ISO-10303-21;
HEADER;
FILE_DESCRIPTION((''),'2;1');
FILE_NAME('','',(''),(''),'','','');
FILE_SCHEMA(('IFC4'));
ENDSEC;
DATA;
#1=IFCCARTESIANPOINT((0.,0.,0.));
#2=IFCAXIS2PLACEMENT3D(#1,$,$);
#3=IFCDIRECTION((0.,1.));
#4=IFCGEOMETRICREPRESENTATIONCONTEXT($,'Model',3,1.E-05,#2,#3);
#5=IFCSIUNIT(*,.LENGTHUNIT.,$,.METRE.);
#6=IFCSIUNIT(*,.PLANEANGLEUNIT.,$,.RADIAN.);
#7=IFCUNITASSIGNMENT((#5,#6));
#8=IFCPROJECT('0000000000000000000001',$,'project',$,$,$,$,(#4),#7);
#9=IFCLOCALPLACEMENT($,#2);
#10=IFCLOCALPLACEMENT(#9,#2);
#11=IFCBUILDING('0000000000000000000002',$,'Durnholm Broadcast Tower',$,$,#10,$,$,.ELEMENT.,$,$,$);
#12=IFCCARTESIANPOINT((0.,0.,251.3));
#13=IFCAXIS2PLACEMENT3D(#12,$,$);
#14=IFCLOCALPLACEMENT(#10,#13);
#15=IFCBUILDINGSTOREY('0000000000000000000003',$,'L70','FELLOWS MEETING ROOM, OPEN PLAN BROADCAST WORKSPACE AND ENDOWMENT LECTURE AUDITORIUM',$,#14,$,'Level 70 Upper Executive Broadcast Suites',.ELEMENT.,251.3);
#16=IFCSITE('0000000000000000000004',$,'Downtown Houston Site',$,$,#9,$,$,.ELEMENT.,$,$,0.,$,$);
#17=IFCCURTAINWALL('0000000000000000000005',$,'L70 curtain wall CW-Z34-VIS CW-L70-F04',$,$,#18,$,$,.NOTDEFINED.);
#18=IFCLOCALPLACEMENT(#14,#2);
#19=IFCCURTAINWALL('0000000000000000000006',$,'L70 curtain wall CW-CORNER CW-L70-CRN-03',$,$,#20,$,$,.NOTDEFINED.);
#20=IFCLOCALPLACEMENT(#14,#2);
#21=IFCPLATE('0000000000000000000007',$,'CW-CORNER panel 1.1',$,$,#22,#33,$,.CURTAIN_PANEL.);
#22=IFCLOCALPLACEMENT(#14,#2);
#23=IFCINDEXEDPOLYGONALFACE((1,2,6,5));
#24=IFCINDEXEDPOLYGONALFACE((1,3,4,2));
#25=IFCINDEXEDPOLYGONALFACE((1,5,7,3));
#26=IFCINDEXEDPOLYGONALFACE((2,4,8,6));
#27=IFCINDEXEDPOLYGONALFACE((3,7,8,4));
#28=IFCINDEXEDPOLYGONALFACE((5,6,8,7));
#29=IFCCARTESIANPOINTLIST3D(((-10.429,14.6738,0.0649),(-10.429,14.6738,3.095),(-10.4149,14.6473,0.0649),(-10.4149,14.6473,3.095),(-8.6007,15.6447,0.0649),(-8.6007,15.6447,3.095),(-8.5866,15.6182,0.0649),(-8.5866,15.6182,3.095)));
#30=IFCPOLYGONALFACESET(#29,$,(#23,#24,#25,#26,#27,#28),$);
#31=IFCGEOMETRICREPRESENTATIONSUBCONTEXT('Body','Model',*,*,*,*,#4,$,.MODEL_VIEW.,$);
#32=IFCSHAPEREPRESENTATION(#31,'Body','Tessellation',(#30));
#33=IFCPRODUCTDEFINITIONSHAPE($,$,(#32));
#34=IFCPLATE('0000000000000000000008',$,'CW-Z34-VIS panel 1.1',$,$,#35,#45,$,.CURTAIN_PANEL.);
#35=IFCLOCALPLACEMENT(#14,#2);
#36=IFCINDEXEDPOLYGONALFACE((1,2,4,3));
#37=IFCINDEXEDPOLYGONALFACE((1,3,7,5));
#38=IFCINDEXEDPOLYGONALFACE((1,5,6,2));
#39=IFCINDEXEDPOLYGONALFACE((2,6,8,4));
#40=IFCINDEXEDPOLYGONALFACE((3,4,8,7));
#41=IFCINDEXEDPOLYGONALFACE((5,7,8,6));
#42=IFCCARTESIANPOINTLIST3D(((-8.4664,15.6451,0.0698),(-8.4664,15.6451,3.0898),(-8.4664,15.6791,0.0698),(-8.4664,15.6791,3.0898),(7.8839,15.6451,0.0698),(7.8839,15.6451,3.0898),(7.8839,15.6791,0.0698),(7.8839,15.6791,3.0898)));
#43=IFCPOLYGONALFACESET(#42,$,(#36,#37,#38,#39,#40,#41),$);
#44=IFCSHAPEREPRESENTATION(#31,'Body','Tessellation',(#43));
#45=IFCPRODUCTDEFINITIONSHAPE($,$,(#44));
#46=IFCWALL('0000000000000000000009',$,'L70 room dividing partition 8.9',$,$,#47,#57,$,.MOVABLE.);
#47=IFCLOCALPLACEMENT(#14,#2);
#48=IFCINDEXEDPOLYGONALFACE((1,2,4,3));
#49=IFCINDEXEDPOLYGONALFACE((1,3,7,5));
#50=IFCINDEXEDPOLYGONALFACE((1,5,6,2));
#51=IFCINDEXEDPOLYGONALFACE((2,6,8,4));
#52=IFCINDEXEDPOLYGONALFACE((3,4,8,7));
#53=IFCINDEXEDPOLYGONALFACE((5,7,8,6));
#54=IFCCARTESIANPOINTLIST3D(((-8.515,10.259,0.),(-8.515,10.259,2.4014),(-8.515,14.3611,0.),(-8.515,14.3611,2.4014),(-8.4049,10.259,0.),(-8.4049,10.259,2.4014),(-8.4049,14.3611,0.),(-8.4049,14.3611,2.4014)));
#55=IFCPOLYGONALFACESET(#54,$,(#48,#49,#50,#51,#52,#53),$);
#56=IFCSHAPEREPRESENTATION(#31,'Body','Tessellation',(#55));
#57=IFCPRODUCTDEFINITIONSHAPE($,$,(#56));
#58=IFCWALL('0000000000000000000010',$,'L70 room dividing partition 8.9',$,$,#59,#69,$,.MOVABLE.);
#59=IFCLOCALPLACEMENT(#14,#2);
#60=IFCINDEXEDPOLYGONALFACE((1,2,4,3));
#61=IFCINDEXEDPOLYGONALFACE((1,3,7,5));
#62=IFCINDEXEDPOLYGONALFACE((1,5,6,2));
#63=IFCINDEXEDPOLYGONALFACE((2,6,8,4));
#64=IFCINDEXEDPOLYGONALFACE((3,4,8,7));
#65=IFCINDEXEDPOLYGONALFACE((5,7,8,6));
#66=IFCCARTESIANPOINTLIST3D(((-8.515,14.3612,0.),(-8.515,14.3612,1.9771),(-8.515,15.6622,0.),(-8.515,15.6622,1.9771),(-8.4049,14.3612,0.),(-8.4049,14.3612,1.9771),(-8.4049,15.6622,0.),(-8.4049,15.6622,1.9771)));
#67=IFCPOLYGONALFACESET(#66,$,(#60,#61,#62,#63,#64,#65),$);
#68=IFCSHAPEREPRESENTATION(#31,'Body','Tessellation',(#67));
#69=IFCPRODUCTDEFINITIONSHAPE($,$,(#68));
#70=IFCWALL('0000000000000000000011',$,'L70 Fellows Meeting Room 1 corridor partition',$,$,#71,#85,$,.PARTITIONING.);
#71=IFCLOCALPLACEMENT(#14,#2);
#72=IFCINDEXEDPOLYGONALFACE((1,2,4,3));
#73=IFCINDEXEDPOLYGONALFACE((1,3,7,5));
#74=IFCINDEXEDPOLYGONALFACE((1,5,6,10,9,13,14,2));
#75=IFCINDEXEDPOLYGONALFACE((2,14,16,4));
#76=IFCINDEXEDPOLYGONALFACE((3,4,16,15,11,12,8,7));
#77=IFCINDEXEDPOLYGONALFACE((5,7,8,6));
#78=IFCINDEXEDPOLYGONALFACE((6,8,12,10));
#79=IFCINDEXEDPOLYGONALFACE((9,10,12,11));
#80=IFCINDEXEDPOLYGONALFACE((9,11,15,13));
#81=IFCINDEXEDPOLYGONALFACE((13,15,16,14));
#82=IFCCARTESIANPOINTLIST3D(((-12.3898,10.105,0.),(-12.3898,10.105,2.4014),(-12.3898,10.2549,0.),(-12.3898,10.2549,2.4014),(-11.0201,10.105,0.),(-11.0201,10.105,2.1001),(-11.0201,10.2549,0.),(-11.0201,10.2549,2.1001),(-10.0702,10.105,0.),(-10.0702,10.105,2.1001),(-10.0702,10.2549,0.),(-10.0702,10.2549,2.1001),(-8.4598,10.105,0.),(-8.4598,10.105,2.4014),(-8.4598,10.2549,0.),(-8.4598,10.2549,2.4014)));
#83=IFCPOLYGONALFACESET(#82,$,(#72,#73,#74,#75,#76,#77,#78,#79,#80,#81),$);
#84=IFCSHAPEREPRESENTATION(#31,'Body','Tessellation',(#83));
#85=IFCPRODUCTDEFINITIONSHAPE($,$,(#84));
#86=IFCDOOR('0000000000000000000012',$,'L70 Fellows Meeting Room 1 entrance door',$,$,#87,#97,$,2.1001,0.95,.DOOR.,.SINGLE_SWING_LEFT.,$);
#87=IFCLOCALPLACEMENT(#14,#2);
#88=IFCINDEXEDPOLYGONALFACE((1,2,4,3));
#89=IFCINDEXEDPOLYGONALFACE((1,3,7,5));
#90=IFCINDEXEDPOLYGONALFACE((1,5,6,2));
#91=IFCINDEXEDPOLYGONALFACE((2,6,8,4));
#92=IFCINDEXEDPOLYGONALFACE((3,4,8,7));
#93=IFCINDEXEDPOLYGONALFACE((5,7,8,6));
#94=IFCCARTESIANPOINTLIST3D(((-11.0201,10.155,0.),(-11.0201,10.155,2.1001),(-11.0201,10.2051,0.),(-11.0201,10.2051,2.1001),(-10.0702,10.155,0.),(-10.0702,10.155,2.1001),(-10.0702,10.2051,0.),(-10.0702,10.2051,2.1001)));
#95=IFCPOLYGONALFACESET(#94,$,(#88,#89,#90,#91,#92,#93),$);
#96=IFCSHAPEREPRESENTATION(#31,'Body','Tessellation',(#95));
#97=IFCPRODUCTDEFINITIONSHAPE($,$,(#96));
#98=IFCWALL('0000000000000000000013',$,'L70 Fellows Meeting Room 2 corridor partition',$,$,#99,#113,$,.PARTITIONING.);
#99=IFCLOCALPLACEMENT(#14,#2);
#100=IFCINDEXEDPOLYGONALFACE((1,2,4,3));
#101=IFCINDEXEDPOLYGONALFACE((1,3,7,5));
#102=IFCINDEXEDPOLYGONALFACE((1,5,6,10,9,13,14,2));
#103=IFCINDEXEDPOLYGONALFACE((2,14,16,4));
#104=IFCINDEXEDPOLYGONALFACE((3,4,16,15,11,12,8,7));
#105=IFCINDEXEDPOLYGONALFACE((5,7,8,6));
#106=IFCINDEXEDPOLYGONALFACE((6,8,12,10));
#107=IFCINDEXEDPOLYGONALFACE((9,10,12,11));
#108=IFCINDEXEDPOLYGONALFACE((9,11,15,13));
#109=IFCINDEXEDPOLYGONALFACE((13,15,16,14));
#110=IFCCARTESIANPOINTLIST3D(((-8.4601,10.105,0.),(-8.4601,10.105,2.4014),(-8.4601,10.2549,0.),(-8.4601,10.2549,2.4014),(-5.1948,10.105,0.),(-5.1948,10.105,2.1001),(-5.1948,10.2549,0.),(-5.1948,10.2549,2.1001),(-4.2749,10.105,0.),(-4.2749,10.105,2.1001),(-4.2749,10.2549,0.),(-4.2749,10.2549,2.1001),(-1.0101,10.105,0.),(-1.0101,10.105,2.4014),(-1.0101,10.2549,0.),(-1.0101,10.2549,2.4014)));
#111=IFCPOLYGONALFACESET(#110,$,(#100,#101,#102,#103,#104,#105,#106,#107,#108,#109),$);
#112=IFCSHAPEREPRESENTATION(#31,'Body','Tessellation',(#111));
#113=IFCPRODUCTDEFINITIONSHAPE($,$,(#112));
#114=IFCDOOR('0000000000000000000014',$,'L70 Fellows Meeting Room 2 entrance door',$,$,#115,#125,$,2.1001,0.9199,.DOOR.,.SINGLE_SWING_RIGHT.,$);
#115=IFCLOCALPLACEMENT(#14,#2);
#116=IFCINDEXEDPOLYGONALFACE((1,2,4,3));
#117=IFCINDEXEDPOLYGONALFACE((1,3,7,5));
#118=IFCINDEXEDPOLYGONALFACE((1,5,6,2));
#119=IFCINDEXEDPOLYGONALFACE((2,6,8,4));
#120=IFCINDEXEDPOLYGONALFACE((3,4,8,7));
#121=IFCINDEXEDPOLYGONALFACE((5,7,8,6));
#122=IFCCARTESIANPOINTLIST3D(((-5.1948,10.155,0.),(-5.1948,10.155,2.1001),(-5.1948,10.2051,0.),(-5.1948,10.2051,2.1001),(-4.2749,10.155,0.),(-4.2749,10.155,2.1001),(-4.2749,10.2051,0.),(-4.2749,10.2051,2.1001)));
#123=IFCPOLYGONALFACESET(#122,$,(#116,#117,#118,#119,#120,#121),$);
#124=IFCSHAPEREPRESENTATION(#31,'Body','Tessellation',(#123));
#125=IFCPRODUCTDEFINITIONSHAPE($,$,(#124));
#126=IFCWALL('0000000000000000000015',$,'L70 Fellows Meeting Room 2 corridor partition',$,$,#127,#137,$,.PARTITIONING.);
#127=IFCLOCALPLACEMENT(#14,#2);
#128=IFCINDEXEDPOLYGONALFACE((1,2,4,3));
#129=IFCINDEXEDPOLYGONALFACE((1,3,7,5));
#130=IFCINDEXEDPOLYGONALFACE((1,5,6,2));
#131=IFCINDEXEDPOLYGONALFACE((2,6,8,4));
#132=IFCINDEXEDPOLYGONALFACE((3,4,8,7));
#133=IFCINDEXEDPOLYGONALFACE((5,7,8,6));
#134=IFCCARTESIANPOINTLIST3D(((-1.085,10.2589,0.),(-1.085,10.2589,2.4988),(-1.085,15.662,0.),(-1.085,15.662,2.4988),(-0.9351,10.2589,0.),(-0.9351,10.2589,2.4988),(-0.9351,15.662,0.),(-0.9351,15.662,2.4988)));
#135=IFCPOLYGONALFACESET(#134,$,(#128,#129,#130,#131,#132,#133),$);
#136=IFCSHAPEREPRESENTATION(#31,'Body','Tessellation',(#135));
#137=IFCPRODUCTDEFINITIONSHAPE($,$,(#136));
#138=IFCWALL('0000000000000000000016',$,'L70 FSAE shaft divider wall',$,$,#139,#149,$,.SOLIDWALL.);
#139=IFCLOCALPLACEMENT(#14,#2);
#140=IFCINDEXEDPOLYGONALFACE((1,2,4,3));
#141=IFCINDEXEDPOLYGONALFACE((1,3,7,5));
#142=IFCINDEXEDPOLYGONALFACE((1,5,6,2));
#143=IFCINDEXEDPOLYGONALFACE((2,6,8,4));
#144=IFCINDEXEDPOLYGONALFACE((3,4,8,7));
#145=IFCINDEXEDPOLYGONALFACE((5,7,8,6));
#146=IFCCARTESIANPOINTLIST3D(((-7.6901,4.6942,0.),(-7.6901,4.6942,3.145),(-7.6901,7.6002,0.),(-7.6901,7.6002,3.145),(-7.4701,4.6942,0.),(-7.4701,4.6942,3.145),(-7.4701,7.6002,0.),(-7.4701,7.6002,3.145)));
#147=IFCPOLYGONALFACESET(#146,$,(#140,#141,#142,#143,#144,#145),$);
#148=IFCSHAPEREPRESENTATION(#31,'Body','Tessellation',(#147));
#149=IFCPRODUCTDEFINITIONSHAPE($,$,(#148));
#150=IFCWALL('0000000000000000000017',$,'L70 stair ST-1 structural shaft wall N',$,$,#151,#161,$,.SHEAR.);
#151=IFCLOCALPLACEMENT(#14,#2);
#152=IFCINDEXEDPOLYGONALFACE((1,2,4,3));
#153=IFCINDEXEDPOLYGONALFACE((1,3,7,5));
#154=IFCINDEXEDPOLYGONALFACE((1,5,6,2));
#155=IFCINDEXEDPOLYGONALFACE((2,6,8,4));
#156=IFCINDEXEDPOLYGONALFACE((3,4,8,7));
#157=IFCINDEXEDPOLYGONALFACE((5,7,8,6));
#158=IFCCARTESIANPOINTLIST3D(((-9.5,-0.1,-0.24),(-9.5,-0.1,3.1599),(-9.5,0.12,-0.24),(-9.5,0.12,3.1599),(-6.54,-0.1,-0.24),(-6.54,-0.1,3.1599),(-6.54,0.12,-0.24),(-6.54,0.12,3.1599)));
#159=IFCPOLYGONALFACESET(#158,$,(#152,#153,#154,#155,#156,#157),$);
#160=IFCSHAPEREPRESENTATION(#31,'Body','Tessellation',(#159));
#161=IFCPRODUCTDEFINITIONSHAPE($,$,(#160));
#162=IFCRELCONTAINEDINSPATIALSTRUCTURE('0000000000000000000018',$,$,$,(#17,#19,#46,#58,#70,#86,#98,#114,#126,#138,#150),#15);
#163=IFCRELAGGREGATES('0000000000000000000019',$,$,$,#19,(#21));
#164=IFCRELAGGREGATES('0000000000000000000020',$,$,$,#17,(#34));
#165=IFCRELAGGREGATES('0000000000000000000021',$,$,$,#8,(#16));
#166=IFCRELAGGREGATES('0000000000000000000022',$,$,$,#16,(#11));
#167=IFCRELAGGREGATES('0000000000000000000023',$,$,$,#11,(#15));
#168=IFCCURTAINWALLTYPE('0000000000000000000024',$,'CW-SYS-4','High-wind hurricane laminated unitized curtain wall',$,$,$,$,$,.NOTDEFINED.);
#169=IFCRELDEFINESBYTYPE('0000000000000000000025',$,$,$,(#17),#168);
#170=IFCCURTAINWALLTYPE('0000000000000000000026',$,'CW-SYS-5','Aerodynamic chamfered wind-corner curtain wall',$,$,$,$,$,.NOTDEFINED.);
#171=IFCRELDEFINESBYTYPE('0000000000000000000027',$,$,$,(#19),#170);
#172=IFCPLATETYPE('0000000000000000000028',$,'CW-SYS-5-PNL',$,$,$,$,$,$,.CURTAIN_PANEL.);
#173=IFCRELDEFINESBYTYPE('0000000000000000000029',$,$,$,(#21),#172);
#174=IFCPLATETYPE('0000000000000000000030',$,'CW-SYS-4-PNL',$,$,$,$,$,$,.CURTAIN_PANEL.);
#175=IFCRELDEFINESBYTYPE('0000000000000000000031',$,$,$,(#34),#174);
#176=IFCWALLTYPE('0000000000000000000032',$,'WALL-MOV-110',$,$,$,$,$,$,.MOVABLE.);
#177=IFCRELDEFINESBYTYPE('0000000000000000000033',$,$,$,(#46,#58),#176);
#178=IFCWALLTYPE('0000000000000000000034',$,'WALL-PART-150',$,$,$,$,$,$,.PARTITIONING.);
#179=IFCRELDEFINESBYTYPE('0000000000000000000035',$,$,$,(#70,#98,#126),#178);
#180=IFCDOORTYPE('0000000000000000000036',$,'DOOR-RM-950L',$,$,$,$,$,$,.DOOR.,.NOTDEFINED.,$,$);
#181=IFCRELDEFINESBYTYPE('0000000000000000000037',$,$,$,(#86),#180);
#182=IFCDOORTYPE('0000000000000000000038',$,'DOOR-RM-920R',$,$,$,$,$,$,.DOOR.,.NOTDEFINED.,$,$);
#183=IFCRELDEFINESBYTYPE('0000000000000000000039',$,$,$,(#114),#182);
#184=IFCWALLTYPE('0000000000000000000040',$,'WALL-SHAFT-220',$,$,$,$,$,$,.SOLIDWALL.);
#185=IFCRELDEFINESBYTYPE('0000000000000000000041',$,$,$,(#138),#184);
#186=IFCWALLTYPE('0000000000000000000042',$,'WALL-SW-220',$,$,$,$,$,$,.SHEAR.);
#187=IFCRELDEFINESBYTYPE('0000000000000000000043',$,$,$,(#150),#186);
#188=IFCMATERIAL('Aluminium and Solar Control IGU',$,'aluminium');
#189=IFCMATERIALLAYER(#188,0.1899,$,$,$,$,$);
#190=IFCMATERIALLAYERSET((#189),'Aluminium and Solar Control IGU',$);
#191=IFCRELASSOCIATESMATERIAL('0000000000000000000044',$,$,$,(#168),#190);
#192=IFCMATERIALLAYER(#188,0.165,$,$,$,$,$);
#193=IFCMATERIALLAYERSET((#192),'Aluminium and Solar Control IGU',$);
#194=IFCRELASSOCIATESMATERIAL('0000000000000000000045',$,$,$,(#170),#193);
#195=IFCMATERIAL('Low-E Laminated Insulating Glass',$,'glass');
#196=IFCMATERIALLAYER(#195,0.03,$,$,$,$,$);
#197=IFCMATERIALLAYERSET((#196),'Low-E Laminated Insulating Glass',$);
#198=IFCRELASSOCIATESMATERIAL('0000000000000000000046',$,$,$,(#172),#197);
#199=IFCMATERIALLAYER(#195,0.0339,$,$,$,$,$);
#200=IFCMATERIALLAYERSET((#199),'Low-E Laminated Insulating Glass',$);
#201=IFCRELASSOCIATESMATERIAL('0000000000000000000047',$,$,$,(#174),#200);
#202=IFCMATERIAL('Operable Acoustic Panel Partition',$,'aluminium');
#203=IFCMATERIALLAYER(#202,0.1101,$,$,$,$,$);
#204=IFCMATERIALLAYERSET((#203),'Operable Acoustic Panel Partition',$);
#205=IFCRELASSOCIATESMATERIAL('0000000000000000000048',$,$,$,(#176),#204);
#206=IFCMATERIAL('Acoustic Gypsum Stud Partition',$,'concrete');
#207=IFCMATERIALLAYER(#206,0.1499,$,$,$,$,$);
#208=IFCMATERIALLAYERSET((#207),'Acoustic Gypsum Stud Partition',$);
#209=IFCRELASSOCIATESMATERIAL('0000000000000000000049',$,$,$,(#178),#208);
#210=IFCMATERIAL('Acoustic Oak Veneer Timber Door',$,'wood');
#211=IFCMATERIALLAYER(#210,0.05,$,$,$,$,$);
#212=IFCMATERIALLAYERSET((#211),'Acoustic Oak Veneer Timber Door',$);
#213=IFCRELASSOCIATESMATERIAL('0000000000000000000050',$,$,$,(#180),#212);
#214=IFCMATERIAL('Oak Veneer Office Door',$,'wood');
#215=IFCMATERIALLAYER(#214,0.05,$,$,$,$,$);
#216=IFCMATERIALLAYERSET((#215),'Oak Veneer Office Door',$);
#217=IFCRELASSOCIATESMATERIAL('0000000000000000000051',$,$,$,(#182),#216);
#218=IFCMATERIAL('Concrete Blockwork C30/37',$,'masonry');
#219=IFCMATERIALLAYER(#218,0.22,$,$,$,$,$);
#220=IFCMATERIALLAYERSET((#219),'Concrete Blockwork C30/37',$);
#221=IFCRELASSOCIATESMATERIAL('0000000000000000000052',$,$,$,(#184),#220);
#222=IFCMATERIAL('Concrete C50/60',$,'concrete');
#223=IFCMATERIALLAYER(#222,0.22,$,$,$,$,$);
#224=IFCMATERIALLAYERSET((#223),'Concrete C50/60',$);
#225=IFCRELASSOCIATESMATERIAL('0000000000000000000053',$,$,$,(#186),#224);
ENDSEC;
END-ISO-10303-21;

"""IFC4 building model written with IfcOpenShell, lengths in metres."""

from ifc_helpers import new_model, si_unit, direction, frame, frame_2d, origin, origin_2d, place, context, subcontext, project, spatial, rectangle, extrude, source, transform, mapped, material, layer, layer_set, type_object, type_shapes, element, fill, aggregate, save


model = new_model("IFC4")

# Units and contexts
model_context = context("Model", 3, precision=1e-05, world=origin(), true_north=direction((0.0, 1.0)))
body_context = subcontext(model_context, "Body", "Model", "MODEL_VIEW")
ifc_project = project(units=[si_unit("LENGTHUNIT", "METRE"), si_unit("PLANEANGLEUNIT", "RADIAN")], contexts=[model_context])

# Site, building, storey
site_placement = place(None, origin())
site = spatial("IfcSite", under=ifc_project, at=site_placement, Name="Downtown Houston Site", CompositionType="ELEMENT", RefElevation=0.0)
building_placement = place(site_placement, origin())
building = spatial("IfcBuilding", under=site, at=building_placement, Name="Durnholm Broadcast Tower", CompositionType="ELEMENT")
storey_placement = place(building_placement, frame((0.0, 0.0, 251.3)))
storey = spatial("IfcBuildingStorey", under=building, at=storey_placement, Name="L70", Description="FELLOWS MEETING ROOM, OPEN PLAN BROADCAST WORKSPACE AND ENDOWMENT LECTURE AUDITORIUM", LongName="Level 70 Upper Executive Broadcast Suites", CompositionType="ELEMENT", Elevation=251.3)

# Curtain wall
ifc_material_1 = material(Name="Aluminium and Solar Control IGU", Category="aluminium")
ifc_layer_1 = layer(ifc_material_1, 0.1899)
ifc_layer_set_1 = layer_set([ifc_layer_1], Name="Aluminium and Solar Control IGU")
curtain_wall_type_1 = type_object("IfcCurtainWallType", Name="CW-SYS-4", Description="High-wind hurricane laminated unitized curtain wall", PredefinedType="NOTDEFINED", material=ifc_layer_set_1)
curtain_wall_1_placement = place(storey_placement, origin())
curtain_wall_1 = element("IfcCurtainWall", 1, at=curtain_wall_1_placement, inside=storey, type_object=curtain_wall_type_1, Name="L70 curtain wall CW-Z34-VIS CW-L70-F04", PredefinedType="NOTDEFINED")

# Curtain wall
ifc_layer_2 = layer(ifc_material_1, 0.165)
ifc_layer_set_2 = layer_set([ifc_layer_2], Name="Aluminium and Solar Control IGU")
curtain_wall_type_2 = type_object("IfcCurtainWallType", Name="CW-SYS-5", Description="Aerodynamic chamfered wind-corner curtain wall", PredefinedType="NOTDEFINED", material=ifc_layer_set_2)
curtain_wall_2_placement = place(storey_placement, origin())
curtain_wall_2 = element("IfcCurtainWall", 2, at=curtain_wall_2_placement, inside=storey, type_object=curtain_wall_type_2, Name="L70 curtain wall CW-CORNER CW-L70-CRN-03", PredefinedType="NOTDEFINED")

# Shared definitions
ifc_material_2 = material(Name="Concrete C50/60", Category="concrete")

# Plates
ifc_material_3 = material(Name="Low-E Laminated Insulating Glass", Category="glass")
ifc_layer_3 = layer(ifc_material_3, 0.03)
ifc_layer_set_3 = layer_set([ifc_layer_3], Name="Low-E Laminated Insulating Glass")
plate_type_1 = type_object("IfcPlateType", Name="CW-SYS-5-PNL", PredefinedType="CURTAIN_PANEL", material=ifc_layer_set_3)
shared_shape_1 = source(origin(), body_context, "Body", "SweptSolid", [
    extrude(rectangle(XDim=2.0701, YDim=0.03, at=origin_2d()), origin(), (0.0, 0.0, 1.0), 3.03),
])
type_shapes(plate_type_1, [shared_shape_1])
plate_1_placement = place(storey_placement, frame((-9.5078, 15.146, 0.0649), z_axis=(0.0, 0.0, 1.0), x_axis=(0.883195, 0.469007, 0.0)))
plate_1 = element("IfcPlate", 3, at=plate_1_placement, type_object=plate_type_1, Name="CW-CORNER panel 1.1", PredefinedType="CURTAIN_PANEL", context=body_context, shape_type="MappedRepresentation", body=[
    mapped(shared_shape_1, transform((0.0, 0.0, 0.0), x_axis=(1.0, 0.0, 0.0), y_axis=(0.0, 1.0, 0.0), z_axis=(0.0, 0.0, 1.0), scale=1.0)),
])
aggregate(curtain_wall_2, [plate_1])
ifc_layer_4 = layer(ifc_material_3, 0.0339)
ifc_layer_set_4 = layer_set([ifc_layer_4], Name="Low-E Laminated Insulating Glass")
plate_type_2 = type_object("IfcPlateType", Name="CW-SYS-4-PNL", PredefinedType="CURTAIN_PANEL", material=ifc_layer_set_4)
shared_shape_2 = source(origin(), body_context, "Body", "SweptSolid", [
    extrude(rectangle(XDim=16.3503, YDim=0.0339, at=origin_2d()), origin(), (0.0, 0.0, 1.0), 3.02),
])
type_shapes(plate_type_2, [shared_shape_2])
plate_2_placement = place(storey_placement, frame((-0.2913, 15.6621, 0.0698), z_axis=(0.0, 0.0, 1.0), x_axis=(1.0, 0.0, 0.0)))
plate_2 = element("IfcPlate", 4, at=plate_2_placement, type_object=plate_type_2, Name="CW-Z34-VIS panel 1.1", PredefinedType="CURTAIN_PANEL", context=body_context, shape_type="MappedRepresentation", body=[
    mapped(shared_shape_2, transform((0.0, 0.0, 0.0), x_axis=(1.0, 0.0, 0.0), y_axis=(0.0, 1.0, 0.0), z_axis=(0.0, 0.0, 1.0), scale=1.0)),
])
aggregate(curtain_wall_1, [plate_2])

# Walls
ifc_material_4 = material(Name="Operable Acoustic Panel Partition", Category="aluminium")
ifc_layer_5 = layer(ifc_material_4, 0.1101)
ifc_layer_set_5 = layer_set([ifc_layer_5], Name="Operable Acoustic Panel Partition")
wall_type_1 = type_object("IfcWallType", Name="WALL-MOV-110", PredefinedType="MOVABLE", material=ifc_layer_set_5)
wall_1_placement = place(storey_placement, frame((-8.46, 14.3611, 0.0), z_axis=(0.0, 0.0, 1.0), x_axis=(0.0, -1.0, 0.0)))
element("IfcWall", 5, at=wall_1_placement, inside=storey, type_object=wall_type_1, Name="L70 room dividing partition 8.9", PredefinedType="MOVABLE", context=body_context, shape_type="SweptSolid", body=[
    extrude(rectangle(XDim=4.1021, YDim=0.1101, at=frame_2d((2.051, 0.0))), origin(), (0.0, 0.0, 1.0), 2.4014),
])
wall_2_placement = place(storey_placement, frame((-8.46, 15.6621, 0.0), z_axis=(0.0, 0.0, 1.0), x_axis=(0.0, -1.0, 0.0)))
element("IfcWall", 6, at=wall_2_placement, inside=storey, type_object=wall_type_1, Name="L70 room dividing partition 8.9", PredefinedType="MOVABLE", context=body_context, shape_type="SweptSolid", body=[
    extrude(rectangle(XDim=1.301, YDim=0.1101, at=frame_2d((0.6504, 0.0))), origin(), (0.0, 0.0, 1.0), 1.9771),
])

# Walls, openings, doors
ifc_material_5 = material(Name="Acoustic Gypsum Stud Partition", Category="concrete")
ifc_layer_6 = layer(ifc_material_5, 0.1499)
ifc_layer_set_6 = layer_set([ifc_layer_6], Name="Acoustic Gypsum Stud Partition")
wall_type_2 = type_object("IfcWallType", Name="WALL-PART-150", PredefinedType="PARTITIONING", material=ifc_layer_set_6)
wall_3_placement = place(storey_placement, frame((-8.46, 10.1799, 0.0), z_axis=(0.0, 0.0, 1.0), x_axis=(-1.0, 0.0, 0.0)))
wall_3 = element("IfcWall", 7, at=wall_3_placement, inside=storey, type_object=wall_type_2, Name="L70 Fellows Meeting Room 1 corridor partition", PredefinedType="PARTITIONING", context=body_context, shape_type="SweptSolid", body=[
    extrude(rectangle(XDim=3.9299, YDim=0.1499, at=frame_2d((1.9648, 0.0))), origin(), (0.0, 0.0, 1.0), 2.4014),
])
opening_1_placement = place(wall_3_placement, frame((1.6101, 0.0, 0.0)))
opening_1 = element("IfcOpeningElement", 8, at=opening_1_placement, cuts=wall_3, PredefinedType="OPENING", context=body_context, shape_type="SweptSolid", body=[
    extrude(rectangle(XDim=0.95, YDim=2.1001, at=frame_2d((0.4751, 1.05))), frame((0.0, 0.085, 0.0), z_axis=(0.0, -1.0, 0.0), x_axis=(1.0, 0.0, 0.0)), (0.0, 0.0, 1.0), 0.1699),
])
ifc_material_6 = material(Name="Acoustic Oak Veneer Timber Door", Category="wood")
ifc_layer_7 = layer(ifc_material_6, 0.05)
ifc_layer_set_7 = layer_set([ifc_layer_7], Name="Acoustic Oak Veneer Timber Door")
door_type_1 = type_object("IfcDoorType", Name="DOOR-RM-950L", OperationType="NOTDEFINED", PredefinedType="DOOR", material=ifc_layer_set_7)
shared_shape_3 = source(origin(), body_context, "Body", "SweptSolid", [
    extrude(rectangle(XDim=0.95, YDim=2.1001, at=frame_2d((0.4751, 1.05))), frame((0.0, 0.0249, 0.0), z_axis=(0.0, -1.0, 0.0), x_axis=(1.0, 0.0, 0.0)), (0.0, 0.0, 1.0), 0.05),
])
type_shapes(door_type_1, [shared_shape_3])
door_1_placement = place(opening_1_placement, origin())
door_1 = element("IfcDoor", 9, at=door_1_placement, inside=storey, type_object=door_type_1, Name="L70 Fellows Meeting Room 1 entrance door", OperationType="SINGLE_SWING_LEFT", OverallHeight=2.1001, OverallWidth=0.95, PredefinedType="DOOR", context=body_context, shape_type="MappedRepresentation", body=[
    mapped(shared_shape_3, transform((0.0, 0.0, 0.0), x_axis=(1.0, 0.0, 0.0), y_axis=(0.0, 1.0, 0.0), z_axis=(0.0, 0.0, 1.0), scale=1.0)),
])
fill(opening_1, door_1)
wall_4_placement = place(storey_placement, frame((-1.01, 10.1799, 0.0), z_axis=(0.0, 0.0, 1.0), x_axis=(-1.0, 0.0, 0.0)))
wall_4 = element("IfcWall", 10, at=wall_4_placement, inside=storey, type_object=wall_type_2, Name="L70 Fellows Meeting Room 2 corridor partition", PredefinedType="PARTITIONING", context=body_context, shape_type="SweptSolid", body=[
    extrude(rectangle(XDim=7.45, YDim=0.1499, at=frame_2d((3.7251, 0.0))), origin(), (0.0, 0.0, 1.0), 2.4014),
])
opening_2_placement = place(wall_4_placement, frame((3.2649, 0.0, 0.0)))
opening_2 = element("IfcOpeningElement", 11, at=opening_2_placement, cuts=wall_4, PredefinedType="OPENING", context=body_context, shape_type="SweptSolid", body=[
    extrude(rectangle(XDim=0.9199, YDim=2.1001, at=frame_2d((0.46, 1.05))), frame((0.0, 0.085, 0.0), z_axis=(0.0, -1.0, 0.0), x_axis=(1.0, 0.0, 0.0)), (0.0, 0.0, 1.0), 0.1699),
])
ifc_material_7 = material(Name="Oak Veneer Office Door", Category="wood")
ifc_layer_8 = layer(ifc_material_7, 0.05)
ifc_layer_set_8 = layer_set([ifc_layer_8], Name="Oak Veneer Office Door")
door_type_2 = type_object("IfcDoorType", Name="DOOR-RM-920R", OperationType="NOTDEFINED", PredefinedType="DOOR", material=ifc_layer_set_8)
shared_shape_4 = source(origin(), body_context, "Body", "SweptSolid", [
    extrude(rectangle(XDim=0.9199, YDim=2.1001, at=frame_2d((0.46, 1.05))), frame((0.0, 0.0249, 0.0), z_axis=(0.0, -1.0, 0.0), x_axis=(1.0, 0.0, 0.0)), (0.0, 0.0, 1.0), 0.05),
])
type_shapes(door_type_2, [shared_shape_4])
door_2_placement = place(opening_2_placement, origin())
door_2 = element("IfcDoor", 12, at=door_2_placement, inside=storey, type_object=door_type_2, Name="L70 Fellows Meeting Room 2 entrance door", OperationType="SINGLE_SWING_RIGHT", OverallHeight=2.1001, OverallWidth=0.9199, PredefinedType="DOOR", context=body_context, shape_type="MappedRepresentation", body=[
    mapped(shared_shape_4, transform((0.0, 0.0, 0.0), x_axis=(1.0, 0.0, 0.0), y_axis=(0.0, 1.0, 0.0), z_axis=(0.0, 0.0, 1.0), scale=1.0)),
])
fill(opening_2, door_2)

# Walls
wall_5_placement = place(storey_placement, frame((-1.01, 15.6621, 0.0), z_axis=(0.0, 0.0, 1.0), x_axis=(0.0, -1.0, 0.0)))
element("IfcWall", 13, at=wall_5_placement, inside=storey, type_object=wall_type_2, Name="L70 Fellows Meeting Room 2 corridor partition", PredefinedType="PARTITIONING", context=body_context, shape_type="SweptSolid", body=[
    extrude(rectangle(XDim=5.4031, YDim=0.1499, at=frame_2d((2.7017, 0.0))), origin(), (0.0, 0.0, 1.0), 2.4988),
])
ifc_material_8 = material(Name="Concrete Blockwork C30/37", Category="masonry")
ifc_layer_9 = layer(ifc_material_8, 0.22)
ifc_layer_set_9 = layer_set([ifc_layer_9], Name="Concrete Blockwork C30/37")
wall_type_3 = type_object("IfcWallType", Name="WALL-SHAFT-220", PredefinedType="SOLIDWALL", material=ifc_layer_set_9)
wall_6_placement = place(storey_placement, frame((-7.5801, 4.6941, 0.0), z_axis=(0.0, 0.0, 1.0), x_axis=(0.0, 1.0, 0.0)))
element("IfcWall", 14, at=wall_6_placement, inside=storey, type_object=wall_type_3, Name="L70 FSAE shaft divider wall", PredefinedType="SOLIDWALL", context=body_context, shape_type="SweptSolid", body=[
    extrude(rectangle(XDim=2.906, YDim=0.22, at=frame_2d((1.4531, 0.0))), origin(), (0.0, 0.0, 1.0), 3.145),
])
ifc_layer_10 = layer(ifc_material_2, 0.22)
ifc_layer_set_10 = layer_set([ifc_layer_10], Name="Concrete C50/60")
wall_type_4 = type_object("IfcWallType", Name="WALL-SW-220", PredefinedType="SHEAR", material=ifc_layer_set_10)
wall_7_placement = place(storey_placement, frame((-6.54, 0.01, -0.24), z_axis=(0.0, 0.0, 1.0), x_axis=(-1.0, 0.0, 0.0)))
element("IfcWall", 15, at=wall_7_placement, inside=storey, type_object=wall_type_4, Name="L70 stair ST-1 structural shaft wall N", PredefinedType="SHEAR", context=body_context, shape_type="SweptSolid", body=[
    extrude(rectangle(XDim=2.96, YDim=0.22, at=frame_2d((1.48, 0.0))), origin(), (0.0, 0.0, 1.0), 3.3999),
])

save(model, "model.ifc")
